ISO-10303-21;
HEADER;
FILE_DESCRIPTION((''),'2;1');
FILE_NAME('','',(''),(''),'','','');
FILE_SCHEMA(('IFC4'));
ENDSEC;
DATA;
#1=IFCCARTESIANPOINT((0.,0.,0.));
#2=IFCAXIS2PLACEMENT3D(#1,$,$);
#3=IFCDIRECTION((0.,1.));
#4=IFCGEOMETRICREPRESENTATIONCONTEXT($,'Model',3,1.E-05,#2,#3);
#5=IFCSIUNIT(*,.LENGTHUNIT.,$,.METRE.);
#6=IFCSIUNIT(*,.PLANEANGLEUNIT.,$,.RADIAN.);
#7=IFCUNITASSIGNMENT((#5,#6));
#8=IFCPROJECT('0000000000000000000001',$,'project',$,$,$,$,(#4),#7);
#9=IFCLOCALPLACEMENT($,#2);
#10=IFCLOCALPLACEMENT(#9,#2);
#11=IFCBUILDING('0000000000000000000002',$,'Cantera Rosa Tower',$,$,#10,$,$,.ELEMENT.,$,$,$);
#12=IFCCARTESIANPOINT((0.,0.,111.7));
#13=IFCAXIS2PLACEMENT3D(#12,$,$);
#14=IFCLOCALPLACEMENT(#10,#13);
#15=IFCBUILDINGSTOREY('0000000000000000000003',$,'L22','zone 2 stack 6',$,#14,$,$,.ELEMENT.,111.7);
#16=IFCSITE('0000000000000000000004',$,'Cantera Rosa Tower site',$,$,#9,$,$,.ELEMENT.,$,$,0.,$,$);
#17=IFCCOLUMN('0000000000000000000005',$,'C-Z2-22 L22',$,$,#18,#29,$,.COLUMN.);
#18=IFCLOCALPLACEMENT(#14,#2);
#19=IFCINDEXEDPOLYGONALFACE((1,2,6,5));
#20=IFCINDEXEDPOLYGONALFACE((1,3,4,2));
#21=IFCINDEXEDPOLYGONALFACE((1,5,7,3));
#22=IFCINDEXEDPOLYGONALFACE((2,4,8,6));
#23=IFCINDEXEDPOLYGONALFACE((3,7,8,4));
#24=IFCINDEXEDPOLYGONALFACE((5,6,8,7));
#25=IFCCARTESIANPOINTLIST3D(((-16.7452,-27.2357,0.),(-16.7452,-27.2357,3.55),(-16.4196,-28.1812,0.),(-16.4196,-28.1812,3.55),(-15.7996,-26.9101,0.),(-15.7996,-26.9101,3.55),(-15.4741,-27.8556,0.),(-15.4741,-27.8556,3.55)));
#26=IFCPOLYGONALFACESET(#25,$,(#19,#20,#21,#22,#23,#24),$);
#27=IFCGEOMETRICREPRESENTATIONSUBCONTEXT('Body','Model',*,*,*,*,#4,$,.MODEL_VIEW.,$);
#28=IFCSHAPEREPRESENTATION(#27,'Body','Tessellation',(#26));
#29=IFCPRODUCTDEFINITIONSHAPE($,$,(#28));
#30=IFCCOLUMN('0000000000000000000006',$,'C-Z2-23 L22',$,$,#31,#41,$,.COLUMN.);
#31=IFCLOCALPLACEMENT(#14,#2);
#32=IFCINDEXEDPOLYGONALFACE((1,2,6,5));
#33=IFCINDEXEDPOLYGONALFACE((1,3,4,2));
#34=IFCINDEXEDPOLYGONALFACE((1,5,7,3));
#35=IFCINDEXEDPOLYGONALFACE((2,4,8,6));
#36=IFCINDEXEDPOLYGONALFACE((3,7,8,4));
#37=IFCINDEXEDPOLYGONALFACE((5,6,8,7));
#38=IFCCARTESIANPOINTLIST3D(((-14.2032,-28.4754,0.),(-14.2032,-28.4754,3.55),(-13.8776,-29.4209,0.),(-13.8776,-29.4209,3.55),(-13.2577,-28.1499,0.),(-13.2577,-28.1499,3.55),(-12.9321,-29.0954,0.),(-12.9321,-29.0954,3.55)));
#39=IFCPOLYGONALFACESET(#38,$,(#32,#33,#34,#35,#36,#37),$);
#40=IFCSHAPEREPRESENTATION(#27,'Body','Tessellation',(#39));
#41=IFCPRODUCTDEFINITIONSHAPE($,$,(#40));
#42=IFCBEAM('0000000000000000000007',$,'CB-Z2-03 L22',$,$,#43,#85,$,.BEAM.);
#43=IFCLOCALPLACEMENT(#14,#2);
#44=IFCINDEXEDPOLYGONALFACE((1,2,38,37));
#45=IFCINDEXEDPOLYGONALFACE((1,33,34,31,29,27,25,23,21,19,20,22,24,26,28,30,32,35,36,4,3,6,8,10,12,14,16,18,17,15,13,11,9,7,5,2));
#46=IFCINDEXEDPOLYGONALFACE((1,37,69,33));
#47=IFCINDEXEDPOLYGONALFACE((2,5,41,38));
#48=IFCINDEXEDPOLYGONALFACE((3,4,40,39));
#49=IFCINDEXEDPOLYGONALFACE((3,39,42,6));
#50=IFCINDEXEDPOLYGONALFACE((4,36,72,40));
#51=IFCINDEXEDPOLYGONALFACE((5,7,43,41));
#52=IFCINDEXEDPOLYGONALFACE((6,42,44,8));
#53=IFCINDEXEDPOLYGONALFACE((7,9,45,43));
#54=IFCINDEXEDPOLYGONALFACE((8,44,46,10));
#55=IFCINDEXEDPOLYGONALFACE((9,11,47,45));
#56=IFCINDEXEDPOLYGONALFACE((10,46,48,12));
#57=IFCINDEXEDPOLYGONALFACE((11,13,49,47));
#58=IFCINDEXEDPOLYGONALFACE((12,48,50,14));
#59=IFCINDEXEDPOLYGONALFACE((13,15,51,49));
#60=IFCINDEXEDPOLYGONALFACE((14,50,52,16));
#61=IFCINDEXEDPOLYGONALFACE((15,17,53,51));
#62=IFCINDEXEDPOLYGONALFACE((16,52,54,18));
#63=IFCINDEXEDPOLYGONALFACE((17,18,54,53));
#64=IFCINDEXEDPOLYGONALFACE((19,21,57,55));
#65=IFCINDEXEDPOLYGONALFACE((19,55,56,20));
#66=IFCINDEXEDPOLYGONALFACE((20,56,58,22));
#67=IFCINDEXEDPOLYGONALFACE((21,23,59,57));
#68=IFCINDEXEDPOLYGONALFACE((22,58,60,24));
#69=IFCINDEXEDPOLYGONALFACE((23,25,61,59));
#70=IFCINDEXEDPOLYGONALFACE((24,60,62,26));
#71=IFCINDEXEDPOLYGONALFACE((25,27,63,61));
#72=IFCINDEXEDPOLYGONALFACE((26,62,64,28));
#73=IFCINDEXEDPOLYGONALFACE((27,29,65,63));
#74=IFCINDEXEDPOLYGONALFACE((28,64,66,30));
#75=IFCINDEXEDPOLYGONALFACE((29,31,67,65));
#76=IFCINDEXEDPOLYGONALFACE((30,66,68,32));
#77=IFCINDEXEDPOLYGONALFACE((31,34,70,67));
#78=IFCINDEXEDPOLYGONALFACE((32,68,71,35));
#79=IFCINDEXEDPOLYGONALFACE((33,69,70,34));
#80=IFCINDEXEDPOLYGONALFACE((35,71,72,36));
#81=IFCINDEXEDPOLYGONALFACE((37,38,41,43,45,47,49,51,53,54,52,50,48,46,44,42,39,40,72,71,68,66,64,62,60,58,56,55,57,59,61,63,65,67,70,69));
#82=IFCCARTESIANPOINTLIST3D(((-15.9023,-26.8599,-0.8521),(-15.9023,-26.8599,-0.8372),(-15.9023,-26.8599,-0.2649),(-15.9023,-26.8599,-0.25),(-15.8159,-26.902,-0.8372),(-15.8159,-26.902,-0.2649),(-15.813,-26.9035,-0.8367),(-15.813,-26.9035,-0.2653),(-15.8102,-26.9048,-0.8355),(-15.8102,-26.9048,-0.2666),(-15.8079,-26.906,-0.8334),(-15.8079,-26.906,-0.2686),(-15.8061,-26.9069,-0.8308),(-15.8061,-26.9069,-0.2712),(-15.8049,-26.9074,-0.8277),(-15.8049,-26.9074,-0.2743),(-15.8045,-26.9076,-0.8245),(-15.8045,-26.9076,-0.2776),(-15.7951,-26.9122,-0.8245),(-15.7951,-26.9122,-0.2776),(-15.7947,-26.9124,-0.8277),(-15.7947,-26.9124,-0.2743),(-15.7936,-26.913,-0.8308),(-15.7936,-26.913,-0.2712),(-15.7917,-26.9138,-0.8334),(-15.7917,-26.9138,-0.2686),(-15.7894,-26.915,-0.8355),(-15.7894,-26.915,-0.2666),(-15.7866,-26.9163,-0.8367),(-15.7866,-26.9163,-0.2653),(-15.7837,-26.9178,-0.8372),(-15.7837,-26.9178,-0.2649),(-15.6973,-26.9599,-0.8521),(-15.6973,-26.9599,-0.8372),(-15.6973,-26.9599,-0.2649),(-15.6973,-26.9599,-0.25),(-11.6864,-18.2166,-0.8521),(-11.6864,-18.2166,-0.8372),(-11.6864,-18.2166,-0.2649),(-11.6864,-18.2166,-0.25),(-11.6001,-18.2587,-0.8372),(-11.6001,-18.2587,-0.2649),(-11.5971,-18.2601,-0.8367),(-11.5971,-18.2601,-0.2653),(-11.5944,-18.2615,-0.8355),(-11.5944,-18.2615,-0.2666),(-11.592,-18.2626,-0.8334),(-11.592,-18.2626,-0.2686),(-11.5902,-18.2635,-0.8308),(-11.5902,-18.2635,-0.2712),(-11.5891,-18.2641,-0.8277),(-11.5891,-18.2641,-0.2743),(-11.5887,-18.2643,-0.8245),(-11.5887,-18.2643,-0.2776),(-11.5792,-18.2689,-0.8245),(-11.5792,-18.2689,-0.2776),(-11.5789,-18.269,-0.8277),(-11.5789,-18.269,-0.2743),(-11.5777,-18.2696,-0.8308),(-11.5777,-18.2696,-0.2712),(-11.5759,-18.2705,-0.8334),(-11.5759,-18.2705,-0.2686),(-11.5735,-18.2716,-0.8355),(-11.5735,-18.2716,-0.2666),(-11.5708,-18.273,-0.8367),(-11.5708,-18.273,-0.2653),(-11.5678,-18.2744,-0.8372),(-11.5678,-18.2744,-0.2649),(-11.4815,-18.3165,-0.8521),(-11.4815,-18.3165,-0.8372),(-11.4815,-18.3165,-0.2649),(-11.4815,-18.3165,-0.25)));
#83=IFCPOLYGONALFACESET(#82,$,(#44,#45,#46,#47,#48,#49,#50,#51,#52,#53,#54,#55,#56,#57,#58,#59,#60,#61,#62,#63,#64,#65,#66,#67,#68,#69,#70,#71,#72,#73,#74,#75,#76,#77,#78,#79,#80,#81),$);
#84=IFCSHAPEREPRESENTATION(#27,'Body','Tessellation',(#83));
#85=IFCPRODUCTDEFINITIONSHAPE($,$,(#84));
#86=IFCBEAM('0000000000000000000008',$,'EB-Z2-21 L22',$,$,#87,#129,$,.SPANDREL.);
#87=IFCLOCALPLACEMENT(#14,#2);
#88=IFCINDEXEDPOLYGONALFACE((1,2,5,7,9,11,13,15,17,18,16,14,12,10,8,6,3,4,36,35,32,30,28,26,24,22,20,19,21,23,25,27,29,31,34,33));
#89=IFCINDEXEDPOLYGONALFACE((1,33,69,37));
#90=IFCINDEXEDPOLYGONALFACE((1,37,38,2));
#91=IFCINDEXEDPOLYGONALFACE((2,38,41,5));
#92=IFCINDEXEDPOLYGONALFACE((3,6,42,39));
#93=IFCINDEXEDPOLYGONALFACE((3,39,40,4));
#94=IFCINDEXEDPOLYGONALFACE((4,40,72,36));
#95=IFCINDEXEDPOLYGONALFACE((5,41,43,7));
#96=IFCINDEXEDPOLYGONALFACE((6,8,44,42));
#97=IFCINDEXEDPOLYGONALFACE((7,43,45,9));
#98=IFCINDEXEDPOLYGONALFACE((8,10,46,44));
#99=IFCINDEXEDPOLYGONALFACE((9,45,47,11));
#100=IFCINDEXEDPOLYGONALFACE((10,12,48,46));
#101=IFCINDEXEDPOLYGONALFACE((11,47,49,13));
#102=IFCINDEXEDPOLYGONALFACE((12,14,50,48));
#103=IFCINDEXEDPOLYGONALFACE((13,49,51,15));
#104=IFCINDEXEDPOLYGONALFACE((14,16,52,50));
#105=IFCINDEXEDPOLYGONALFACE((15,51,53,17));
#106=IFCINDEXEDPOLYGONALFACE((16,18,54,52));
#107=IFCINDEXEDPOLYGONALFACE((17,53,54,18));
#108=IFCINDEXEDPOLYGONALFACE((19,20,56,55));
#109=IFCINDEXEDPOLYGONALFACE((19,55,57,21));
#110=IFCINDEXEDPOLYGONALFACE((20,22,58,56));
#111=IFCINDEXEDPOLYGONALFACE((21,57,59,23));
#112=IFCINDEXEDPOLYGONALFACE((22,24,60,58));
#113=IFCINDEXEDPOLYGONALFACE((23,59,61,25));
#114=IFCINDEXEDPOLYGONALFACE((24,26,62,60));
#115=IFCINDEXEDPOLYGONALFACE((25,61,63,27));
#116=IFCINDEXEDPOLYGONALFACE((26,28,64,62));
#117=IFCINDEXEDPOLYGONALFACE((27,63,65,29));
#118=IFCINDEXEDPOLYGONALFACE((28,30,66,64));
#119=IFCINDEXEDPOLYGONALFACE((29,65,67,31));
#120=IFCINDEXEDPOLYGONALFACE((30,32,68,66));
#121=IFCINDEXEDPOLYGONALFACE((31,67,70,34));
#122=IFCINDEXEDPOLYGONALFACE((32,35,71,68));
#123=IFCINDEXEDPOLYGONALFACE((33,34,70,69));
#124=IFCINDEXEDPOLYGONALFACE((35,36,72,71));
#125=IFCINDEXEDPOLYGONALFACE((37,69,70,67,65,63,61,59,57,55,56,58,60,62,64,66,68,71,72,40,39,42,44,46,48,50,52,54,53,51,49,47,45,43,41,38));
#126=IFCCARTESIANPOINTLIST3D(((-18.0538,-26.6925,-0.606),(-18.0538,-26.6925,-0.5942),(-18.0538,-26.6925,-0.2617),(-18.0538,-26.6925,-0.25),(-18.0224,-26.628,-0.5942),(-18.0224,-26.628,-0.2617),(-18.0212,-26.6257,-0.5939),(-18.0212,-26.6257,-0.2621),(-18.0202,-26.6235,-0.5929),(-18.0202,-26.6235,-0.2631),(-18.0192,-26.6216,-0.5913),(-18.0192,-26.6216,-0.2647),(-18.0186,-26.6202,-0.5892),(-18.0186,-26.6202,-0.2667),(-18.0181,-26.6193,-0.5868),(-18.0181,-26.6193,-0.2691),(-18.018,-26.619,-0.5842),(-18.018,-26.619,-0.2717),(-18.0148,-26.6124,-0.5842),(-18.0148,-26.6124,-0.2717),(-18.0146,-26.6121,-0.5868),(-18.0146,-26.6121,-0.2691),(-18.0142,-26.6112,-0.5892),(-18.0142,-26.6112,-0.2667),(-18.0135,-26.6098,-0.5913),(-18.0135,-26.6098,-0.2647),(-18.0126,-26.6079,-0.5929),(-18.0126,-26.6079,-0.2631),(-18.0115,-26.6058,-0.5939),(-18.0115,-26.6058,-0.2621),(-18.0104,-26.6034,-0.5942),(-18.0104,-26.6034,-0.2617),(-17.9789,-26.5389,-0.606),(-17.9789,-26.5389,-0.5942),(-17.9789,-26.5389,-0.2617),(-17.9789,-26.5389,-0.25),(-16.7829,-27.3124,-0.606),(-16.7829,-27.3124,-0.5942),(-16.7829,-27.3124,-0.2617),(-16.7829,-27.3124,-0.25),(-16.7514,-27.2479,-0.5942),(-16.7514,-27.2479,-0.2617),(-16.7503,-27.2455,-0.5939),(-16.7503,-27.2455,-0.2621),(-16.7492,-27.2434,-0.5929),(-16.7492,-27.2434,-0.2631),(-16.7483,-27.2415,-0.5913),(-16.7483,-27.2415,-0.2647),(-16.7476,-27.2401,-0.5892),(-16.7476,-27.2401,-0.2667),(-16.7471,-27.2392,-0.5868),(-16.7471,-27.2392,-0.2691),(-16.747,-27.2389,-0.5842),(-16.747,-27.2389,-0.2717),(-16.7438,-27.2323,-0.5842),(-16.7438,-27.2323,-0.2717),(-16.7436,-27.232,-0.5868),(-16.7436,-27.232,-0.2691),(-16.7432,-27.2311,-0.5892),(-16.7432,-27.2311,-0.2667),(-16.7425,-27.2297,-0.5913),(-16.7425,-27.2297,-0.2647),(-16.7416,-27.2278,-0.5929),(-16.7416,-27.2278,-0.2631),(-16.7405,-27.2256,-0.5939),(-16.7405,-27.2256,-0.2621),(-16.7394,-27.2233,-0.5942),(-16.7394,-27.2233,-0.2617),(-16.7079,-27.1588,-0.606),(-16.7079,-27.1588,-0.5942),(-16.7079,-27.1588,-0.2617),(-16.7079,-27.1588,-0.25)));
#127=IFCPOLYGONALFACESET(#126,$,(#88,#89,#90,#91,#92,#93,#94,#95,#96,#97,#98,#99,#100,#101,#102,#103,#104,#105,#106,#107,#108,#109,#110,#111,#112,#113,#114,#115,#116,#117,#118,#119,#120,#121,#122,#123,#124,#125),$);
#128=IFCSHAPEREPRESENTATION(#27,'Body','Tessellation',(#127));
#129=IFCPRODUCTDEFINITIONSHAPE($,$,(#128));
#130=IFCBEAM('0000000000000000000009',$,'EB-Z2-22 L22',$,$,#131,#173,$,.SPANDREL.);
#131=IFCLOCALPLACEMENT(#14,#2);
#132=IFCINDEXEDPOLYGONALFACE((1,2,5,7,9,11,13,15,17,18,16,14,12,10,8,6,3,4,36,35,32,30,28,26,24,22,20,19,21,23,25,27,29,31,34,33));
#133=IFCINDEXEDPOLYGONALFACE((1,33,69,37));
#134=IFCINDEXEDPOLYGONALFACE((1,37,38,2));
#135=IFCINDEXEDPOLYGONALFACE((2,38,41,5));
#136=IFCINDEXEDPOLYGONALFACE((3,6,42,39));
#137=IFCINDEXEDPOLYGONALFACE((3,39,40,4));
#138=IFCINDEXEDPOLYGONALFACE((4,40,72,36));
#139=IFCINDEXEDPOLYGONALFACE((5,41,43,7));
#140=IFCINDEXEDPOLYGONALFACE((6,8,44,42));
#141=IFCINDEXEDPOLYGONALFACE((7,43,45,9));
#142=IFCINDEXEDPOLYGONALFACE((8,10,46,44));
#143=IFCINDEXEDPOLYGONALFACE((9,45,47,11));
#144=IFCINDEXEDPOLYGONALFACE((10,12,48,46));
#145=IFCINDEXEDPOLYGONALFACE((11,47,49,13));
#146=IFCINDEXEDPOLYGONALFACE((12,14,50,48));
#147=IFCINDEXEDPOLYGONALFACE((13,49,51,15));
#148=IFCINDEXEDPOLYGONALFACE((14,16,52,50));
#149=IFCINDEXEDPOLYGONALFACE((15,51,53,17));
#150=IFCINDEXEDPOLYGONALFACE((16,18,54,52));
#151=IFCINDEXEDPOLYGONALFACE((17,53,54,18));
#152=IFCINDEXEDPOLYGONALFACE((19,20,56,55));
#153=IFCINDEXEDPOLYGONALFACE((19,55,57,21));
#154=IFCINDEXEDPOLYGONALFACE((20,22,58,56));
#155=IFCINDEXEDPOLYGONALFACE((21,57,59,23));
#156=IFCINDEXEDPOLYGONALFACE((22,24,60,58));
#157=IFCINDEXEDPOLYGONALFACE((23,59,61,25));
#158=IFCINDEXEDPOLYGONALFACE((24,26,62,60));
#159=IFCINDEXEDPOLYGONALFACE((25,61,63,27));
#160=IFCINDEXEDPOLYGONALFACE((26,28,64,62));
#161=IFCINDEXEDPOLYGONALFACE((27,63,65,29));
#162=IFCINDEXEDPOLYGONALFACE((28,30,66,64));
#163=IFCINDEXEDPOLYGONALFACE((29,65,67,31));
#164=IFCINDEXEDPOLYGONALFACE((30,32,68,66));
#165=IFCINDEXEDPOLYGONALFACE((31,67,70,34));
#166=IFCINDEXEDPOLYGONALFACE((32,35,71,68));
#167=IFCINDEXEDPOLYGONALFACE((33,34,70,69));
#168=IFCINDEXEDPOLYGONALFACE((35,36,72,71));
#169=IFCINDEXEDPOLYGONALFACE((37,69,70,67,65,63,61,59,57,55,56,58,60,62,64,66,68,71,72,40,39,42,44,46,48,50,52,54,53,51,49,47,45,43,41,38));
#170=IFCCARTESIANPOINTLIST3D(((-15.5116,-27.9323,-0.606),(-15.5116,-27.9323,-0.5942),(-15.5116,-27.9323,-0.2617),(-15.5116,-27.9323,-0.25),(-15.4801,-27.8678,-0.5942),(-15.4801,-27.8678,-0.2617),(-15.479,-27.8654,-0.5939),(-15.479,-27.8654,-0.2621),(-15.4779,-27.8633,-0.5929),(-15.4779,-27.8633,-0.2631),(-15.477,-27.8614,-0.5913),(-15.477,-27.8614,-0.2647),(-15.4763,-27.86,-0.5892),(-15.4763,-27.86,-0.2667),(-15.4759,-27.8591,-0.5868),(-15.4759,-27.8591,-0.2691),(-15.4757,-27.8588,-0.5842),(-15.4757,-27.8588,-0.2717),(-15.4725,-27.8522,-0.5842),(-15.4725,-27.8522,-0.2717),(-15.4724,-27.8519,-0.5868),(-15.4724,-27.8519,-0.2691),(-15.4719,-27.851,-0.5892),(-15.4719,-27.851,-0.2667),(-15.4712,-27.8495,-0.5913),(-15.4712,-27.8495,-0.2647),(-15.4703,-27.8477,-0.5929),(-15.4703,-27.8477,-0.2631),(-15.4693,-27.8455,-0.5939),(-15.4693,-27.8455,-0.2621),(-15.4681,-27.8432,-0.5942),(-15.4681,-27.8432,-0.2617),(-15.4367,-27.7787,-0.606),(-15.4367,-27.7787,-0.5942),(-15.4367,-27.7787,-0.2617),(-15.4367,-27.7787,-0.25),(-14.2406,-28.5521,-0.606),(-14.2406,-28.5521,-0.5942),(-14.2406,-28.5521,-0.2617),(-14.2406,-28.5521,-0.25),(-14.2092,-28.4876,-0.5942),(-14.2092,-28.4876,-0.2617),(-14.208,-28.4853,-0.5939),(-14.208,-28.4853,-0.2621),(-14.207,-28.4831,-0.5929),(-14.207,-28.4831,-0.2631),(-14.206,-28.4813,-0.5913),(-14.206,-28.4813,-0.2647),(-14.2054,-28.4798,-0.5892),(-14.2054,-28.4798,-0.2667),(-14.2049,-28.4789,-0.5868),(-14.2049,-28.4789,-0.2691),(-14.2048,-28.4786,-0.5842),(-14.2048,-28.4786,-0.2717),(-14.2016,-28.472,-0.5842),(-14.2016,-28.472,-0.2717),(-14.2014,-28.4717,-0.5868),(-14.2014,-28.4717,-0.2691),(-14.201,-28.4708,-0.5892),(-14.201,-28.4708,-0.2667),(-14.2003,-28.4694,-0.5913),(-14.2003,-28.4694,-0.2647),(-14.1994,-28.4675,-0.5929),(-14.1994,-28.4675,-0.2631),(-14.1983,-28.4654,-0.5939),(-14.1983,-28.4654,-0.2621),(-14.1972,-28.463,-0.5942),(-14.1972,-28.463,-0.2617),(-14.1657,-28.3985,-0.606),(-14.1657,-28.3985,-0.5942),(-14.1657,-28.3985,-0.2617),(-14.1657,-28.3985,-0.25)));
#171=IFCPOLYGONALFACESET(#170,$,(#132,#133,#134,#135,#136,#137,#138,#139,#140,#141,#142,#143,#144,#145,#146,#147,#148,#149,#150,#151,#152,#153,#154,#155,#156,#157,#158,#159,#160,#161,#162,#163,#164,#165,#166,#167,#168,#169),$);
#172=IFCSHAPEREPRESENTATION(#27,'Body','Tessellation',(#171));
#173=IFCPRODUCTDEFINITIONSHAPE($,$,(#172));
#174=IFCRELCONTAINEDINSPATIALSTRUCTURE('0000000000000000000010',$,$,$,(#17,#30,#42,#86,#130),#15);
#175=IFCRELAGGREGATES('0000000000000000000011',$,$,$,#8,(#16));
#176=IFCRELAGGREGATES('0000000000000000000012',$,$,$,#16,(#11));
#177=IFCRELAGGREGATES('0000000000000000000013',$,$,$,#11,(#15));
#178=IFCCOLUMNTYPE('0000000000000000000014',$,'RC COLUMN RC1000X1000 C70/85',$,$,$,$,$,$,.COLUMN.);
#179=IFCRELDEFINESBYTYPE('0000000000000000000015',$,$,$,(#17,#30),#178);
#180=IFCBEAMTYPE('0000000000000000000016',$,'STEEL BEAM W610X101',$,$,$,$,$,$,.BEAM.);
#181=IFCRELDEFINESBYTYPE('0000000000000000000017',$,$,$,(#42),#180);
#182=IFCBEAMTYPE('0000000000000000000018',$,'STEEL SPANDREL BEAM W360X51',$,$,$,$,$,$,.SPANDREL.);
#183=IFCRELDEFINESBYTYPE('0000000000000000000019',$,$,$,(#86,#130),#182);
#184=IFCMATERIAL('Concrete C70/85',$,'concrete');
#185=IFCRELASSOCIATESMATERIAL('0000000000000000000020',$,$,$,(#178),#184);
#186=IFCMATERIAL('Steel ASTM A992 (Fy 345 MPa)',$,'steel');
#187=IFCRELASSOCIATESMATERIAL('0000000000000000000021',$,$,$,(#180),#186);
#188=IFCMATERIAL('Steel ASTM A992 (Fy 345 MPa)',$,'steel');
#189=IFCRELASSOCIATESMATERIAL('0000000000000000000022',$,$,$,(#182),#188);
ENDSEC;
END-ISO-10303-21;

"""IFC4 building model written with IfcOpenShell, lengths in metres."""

from ifc_helpers import new_model, si_unit, direction, frame, origin, origin_2d, place, context, subcontext, project, spatial, rectangle, i_section, extrude, material, material_profile, profile_set, type_object, element, save


model = new_model("IFC4")

# Units and contexts
model_context = context("Model", 3, precision=1e-05, world=origin(), true_north=direction((0.0, 1.0)))
body_context = subcontext(model_context, "Body", "Model", "MODEL_VIEW")
ifc_project = project(units=[si_unit("LENGTHUNIT", "METRE"), si_unit("PLANEANGLEUNIT", "RADIAN")], contexts=[model_context])

# Site, building, storey
site_placement = place(None, origin())
site = spatial("IfcSite", under=ifc_project, at=site_placement, Name="Cantera Rosa Tower site", CompositionType="ELEMENT", RefElevation=0.0)
building_placement = place(site_placement, origin())
building = spatial("IfcBuilding", under=site, at=building_placement, Name="Cantera Rosa Tower", CompositionType="ELEMENT")
storey_placement = place(building_placement, frame((0.0, 0.0, 111.7)))
storey = spatial("IfcBuildingStorey", under=building, at=storey_placement, Name="L22", Description="zone 2 stack 6", CompositionType="ELEMENT", Elevation=111.7)

# Columns
ifc_material_1 = material(Name="Concrete C70/85", Category="concrete")
ifc_material_profile_1 = material_profile(ifc_material_1, rectangle(XDim=1.0, YDim=1.0, at=origin_2d()), Name="RC COLUMN RC1000X1000 C70/85")
ifc_profile_set_1 = profile_set([ifc_material_profile_1], Name="Concrete C70/85")
column_type = type_object("IfcColumnType", Name="RC COLUMN RC1000X1000 C70/85", PredefinedType="COLUMN", material=ifc_profile_set_1)
for number, where, z_axis, x_axis, name in (
    (1, (-16.1096, -27.5457, 0.0), (0.0, 0.0, 1.0), (0.945519, 0.325568, 0.0), "C-Z2-22 L22"),
    (2, (-13.5676, -28.7854, 0.0), (0.0, 0.0, 1.0), (0.945519, 0.325568, 0.0), "C-Z2-23 L22"),
):
    element("IfcColumn", number, at=place(storey_placement, frame(where, z_axis=z_axis, x_axis=x_axis)), inside=storey, type_object=column_type, Name=name, PredefinedType="COLUMN", context=body_context, shape_type="SweptSolid", body=[
        extrude(rectangle(XDim=1.0, YDim=1.0, at=origin_2d()), origin(), (0.0, 0.0, 1.0), 3.55),
    ])

# Beams
ifc_material_2 = material(Name="Steel ASTM A992 (Fy 345 MPa)", Category="steel")
ifc_material_profile_2 = material_profile(ifc_material_2, i_section(OverallWidth=0.228, OverallDepth=0.6021, WebThickness=0.0105, FlangeThickness=0.0149, FilletRadius=0.0127, at=origin_2d()), Name="W610X101")
ifc_profile_set_2 = profile_set([ifc_material_profile_2], Name="Steel ASTM A992 (Fy 345 MPa)")
beam_type_1 = type_object("IfcBeamType", Name="STEEL BEAM W610X101", PredefinedType="BEAM", material=ifc_profile_set_2)
beam_1_placement = place(storey_placement, frame((-15.7998, -26.9099, -0.551), z_axis=(0.438388, 0.898786, 0.0), x_axis=(-0.898786, 0.438388, 0.0)))
element("IfcBeam", 3, at=beam_1_placement, inside=storey, type_object=beam_type_1, Name="CB-Z2-03 L22", PredefinedType="BEAM", context=body_context, shape_type="SweptSolid", body=[
    extrude(i_section(OverallWidth=0.228, OverallDepth=0.6021, WebThickness=0.0105, FlangeThickness=0.0149, FilletRadius=0.0127, at=origin_2d()), origin(), (0.0, 0.0, 1.0), 9.6167),
])
ifc_material_3 = material(Name="Steel ASTM A992 (Fy 345 MPa)", Category="steel")
ifc_material_profile_3 = material_profile(ifc_material_3, i_section(OverallWidth=0.1709, OverallDepth=0.356, WebThickness=0.0073, FlangeThickness=0.0117, FilletRadius=0.01, at=origin_2d()), Name="W360X51")
ifc_profile_set_3 = profile_set([ifc_material_profile_3], Name="Steel ASTM A992 (Fy 345 MPa)")
beam_type_2 = type_object("IfcBeamType", Name="STEEL SPANDREL BEAM W360X51", PredefinedType="SPANDREL", material=ifc_profile_set_3)
for number, where, z_axis, x_axis, name in (
    (4, (-18.0164, -26.6157, -0.428), (0.898803, -0.438352, 0.0), (0.438352, 0.898803, 0.0), "EB-Z2-21 L22"),
    (5, (-15.4741, -27.8555, -0.428), (0.898803, -0.438352, 0.0), (0.438352, 0.898803, 0.0), "EB-Z2-22 L22"),
):
    element("IfcBeam", number, at=place(storey_placement, frame(where, z_axis=z_axis, x_axis=x_axis)), inside=storey, type_object=beam_type_2, Name=name, PredefinedType="SPANDREL", context=body_context, shape_type="SweptSolid", body=[
        extrude(i_section(OverallWidth=0.1709, OverallDepth=0.356, WebThickness=0.0073, FlangeThickness=0.0117, FilletRadius=0.01, at=origin_2d()), origin(), (0.0, 0.0, 1.0), 1.4141),
    ])

save(model, "model.ifc")
